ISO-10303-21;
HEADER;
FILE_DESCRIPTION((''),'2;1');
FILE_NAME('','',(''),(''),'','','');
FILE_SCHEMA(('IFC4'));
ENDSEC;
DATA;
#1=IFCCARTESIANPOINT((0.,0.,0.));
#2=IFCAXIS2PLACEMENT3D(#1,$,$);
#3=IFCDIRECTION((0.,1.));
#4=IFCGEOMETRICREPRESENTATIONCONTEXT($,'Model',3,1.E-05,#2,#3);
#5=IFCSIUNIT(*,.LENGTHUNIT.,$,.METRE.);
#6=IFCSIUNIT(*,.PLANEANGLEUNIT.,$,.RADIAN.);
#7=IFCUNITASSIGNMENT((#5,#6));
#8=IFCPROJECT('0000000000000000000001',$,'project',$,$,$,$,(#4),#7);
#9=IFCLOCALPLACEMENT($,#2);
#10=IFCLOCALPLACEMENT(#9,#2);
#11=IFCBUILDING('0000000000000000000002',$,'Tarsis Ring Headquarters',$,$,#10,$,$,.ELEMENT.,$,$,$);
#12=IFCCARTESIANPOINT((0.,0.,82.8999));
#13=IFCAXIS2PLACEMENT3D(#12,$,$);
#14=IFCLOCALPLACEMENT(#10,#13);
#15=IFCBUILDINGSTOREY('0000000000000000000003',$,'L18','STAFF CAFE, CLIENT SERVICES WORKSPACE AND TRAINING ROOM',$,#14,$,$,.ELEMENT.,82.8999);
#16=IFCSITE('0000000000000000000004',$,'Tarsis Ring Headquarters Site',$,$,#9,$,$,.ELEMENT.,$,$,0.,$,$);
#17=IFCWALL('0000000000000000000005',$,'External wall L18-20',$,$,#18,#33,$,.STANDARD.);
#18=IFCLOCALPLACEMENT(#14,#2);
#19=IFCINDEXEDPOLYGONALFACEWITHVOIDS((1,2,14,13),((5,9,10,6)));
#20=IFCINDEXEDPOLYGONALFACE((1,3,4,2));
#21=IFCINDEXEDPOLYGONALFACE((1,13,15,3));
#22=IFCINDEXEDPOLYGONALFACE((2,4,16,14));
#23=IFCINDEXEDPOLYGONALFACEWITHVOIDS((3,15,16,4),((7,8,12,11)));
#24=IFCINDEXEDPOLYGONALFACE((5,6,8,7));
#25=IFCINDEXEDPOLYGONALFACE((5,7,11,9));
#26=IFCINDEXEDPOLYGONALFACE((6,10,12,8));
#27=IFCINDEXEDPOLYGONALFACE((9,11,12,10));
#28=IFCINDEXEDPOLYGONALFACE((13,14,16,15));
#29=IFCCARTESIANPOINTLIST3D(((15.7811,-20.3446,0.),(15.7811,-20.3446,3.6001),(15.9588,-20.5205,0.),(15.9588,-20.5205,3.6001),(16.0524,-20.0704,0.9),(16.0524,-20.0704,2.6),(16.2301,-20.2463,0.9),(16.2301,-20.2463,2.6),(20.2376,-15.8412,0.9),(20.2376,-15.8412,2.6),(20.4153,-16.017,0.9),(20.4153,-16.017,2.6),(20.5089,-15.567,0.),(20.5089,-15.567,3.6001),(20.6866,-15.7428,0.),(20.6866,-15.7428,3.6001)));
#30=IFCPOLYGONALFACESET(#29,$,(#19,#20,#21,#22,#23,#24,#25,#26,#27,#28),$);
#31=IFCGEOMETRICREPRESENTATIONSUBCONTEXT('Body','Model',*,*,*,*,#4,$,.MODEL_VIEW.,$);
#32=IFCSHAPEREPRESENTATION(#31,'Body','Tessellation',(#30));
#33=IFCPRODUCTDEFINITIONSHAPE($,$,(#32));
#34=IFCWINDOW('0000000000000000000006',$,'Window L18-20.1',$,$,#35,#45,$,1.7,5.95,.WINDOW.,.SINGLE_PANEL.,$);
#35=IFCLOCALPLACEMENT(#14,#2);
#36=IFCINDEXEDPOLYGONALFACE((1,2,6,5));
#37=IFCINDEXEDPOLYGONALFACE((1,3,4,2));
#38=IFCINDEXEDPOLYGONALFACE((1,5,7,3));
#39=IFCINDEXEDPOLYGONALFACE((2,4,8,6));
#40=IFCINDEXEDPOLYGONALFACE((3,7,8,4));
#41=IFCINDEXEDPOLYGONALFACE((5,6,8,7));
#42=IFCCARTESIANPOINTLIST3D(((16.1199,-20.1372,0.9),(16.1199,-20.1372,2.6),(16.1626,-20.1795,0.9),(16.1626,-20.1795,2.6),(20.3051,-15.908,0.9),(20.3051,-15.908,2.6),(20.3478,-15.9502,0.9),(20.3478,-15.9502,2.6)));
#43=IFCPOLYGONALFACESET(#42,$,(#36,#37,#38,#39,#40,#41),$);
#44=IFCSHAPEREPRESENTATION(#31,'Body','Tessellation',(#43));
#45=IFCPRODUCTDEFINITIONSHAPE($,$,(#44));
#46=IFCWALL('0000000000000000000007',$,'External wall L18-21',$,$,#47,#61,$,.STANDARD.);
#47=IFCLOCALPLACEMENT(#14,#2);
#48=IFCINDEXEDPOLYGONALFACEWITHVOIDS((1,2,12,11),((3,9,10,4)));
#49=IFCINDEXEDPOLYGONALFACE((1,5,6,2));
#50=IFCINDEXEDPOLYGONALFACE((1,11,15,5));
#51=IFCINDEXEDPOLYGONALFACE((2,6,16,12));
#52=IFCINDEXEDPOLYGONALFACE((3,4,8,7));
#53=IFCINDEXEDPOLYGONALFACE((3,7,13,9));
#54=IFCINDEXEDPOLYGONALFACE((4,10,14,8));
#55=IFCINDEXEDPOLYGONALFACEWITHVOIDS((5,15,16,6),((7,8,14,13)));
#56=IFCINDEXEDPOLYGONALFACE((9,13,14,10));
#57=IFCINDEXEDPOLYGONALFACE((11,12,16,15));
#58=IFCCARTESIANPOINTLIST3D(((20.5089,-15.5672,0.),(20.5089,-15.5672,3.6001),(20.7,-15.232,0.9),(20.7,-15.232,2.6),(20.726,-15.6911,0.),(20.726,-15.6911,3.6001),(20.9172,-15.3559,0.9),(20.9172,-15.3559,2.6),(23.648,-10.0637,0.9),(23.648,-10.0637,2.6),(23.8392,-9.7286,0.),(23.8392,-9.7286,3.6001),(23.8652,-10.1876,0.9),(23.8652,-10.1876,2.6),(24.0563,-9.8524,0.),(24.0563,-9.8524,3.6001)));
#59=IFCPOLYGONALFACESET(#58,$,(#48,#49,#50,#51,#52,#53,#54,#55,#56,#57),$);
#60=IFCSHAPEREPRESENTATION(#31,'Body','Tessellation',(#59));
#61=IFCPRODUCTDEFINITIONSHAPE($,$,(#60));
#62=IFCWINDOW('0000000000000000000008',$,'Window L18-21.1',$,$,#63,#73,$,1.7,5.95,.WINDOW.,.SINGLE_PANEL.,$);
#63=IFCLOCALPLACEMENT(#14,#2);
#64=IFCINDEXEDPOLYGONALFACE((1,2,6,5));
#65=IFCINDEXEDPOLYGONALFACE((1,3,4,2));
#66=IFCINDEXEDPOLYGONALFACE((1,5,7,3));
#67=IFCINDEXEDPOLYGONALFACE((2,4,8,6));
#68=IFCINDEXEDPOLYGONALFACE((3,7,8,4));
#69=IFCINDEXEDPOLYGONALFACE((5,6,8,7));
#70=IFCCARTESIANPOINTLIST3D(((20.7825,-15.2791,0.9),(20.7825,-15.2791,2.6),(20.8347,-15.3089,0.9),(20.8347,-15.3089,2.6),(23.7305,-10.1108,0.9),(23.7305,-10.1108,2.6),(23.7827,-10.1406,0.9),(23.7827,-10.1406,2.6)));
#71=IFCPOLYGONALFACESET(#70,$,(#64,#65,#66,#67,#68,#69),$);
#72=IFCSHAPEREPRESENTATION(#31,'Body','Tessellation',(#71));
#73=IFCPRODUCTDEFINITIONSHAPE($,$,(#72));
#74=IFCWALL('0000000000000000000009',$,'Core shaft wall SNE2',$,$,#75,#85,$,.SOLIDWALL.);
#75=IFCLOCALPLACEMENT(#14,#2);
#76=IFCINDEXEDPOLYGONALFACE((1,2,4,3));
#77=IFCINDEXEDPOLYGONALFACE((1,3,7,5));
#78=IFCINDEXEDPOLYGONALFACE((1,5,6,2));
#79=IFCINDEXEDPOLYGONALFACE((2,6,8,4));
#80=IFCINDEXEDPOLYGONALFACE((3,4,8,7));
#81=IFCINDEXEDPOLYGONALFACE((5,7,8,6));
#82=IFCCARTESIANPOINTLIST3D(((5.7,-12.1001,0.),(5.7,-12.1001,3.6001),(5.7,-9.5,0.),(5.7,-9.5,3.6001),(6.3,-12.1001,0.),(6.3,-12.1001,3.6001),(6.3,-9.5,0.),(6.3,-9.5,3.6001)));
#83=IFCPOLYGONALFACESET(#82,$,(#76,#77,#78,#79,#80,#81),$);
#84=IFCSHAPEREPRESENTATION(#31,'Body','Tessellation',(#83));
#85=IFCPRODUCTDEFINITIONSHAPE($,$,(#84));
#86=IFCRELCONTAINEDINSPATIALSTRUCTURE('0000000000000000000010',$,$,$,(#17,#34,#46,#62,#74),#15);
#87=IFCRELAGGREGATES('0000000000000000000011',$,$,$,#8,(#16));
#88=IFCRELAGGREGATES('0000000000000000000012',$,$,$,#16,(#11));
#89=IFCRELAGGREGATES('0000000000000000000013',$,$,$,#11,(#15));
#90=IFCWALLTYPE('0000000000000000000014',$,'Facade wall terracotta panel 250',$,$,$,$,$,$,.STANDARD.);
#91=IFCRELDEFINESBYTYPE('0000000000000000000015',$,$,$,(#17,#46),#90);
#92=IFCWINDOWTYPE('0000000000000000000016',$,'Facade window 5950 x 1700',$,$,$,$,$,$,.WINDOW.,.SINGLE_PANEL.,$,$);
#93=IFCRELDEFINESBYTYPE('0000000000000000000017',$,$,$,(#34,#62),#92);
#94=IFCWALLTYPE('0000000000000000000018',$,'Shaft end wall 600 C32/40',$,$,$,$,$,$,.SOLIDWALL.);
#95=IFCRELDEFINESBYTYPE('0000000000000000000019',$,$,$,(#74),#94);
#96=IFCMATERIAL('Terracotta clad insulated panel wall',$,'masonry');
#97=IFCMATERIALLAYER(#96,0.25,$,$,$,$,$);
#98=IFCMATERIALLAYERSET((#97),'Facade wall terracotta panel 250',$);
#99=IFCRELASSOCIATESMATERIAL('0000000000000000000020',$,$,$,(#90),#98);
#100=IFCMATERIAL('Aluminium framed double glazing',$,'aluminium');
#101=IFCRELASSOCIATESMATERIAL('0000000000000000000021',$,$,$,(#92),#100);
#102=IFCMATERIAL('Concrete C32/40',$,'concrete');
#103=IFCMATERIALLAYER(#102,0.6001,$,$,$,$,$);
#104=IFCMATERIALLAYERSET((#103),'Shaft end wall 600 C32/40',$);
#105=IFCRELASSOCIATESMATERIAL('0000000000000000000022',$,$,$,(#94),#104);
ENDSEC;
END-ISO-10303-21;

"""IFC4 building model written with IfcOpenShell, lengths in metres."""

from ifc_helpers import new_model, si_unit, direction, frame, frame_2d, origin, place, context, subcontext, project, spatial, rectangle, extrude, material, layer, layer_set, type_object, element, fill, save


model = new_model("IFC4")

# Units and contexts
model_context = context("Model", 3, precision=1e-05, world=origin(), true_north=direction((0.0, 1.0)))
body_context = subcontext(model_context, "Body", "Model", "MODEL_VIEW")
ifc_project = project(units=[si_unit("LENGTHUNIT", "METRE"), si_unit("PLANEANGLEUNIT", "RADIAN")], contexts=[model_context])

# Site, building, storey
site_placement = place(None, origin())
site = spatial("IfcSite", under=ifc_project, at=site_placement, Name="Tarsis Ring Headquarters Site", CompositionType="ELEMENT", RefElevation=0.0)
building_placement = place(site_placement, origin())
building = spatial("IfcBuilding", under=site, at=building_placement, Name="Tarsis Ring Headquarters", CompositionType="ELEMENT")
storey_placement = place(building_placement, frame((0.0, 0.0, 82.8999)))
storey = spatial("IfcBuildingStorey", under=building, at=storey_placement, Name="L18", Description="STAFF CAFE, CLIENT SERVICES WORKSPACE AND TRAINING ROOM", CompositionType="ELEMENT", Elevation=82.8999)

# Walls, openings, windows
ifc_material_1 = material(Name="Terracotta clad insulated panel wall", Category="masonry")
ifc_layer_1 = layer(ifc_material_1, 0.25)
ifc_layer_set_1 = layer_set([ifc_layer_1], Name="Facade wall terracotta panel 250")
wall_type_1 = type_object("IfcWallType", Name="Facade wall terracotta panel 250", PredefinedType="STANDARD", material=ifc_layer_set_1)
ifc_material_2 = material(Name="Aluminium framed double glazing", Category="aluminium")
window_type = type_object("IfcWindowType", Name="Facade window 5950 x 1700", PartitioningType="SINGLE_PANEL", PredefinedType="WINDOW", material=ifc_material_2)
wall_1_placement = place(storey_placement, frame((15.8699, -20.4326, 0.0), z_axis=(0.0, 0.0, 1.0), x_axis=(0.703392, 0.710802, 0.0)))
wall_1 = element("IfcWall", 1, at=wall_1_placement, inside=storey, type_object=wall_type_1, Name="External wall L18-20", PredefinedType="STANDARD", context=body_context, shape_type="SweptSolid", body=[
    extrude(rectangle(XDim=6.7214, YDim=0.25, at=frame_2d((3.3608, 0.0))), origin(), (0.0, 0.0, 1.0), 3.6001),
])
opening_1_placement = place(wall_1_placement, frame((0.3857, 0.0, 0.8999)))
opening_1 = element("IfcOpeningElement", 2, at=opening_1_placement, cuts=wall_1, PredefinedType="OPENING", context=body_context, shape_type="SweptSolid", body=[
    extrude(rectangle(XDim=5.95, YDim=1.7, at=frame_2d((2.9751, 0.8501))), frame((0.0, 0.135, 0.0), z_axis=(0.0, -1.0, 0.0), x_axis=(1.0, 0.0, 0.0)), (0.0, 0.0, 1.0), 0.27),
])
window_1_placement = place(opening_1_placement, origin())
window_1 = element("IfcWindow", 3, at=window_1_placement, inside=storey, type_object=window_type, Name="Window L18-20.1", OverallHeight=1.7, OverallWidth=5.95, PartitioningType="SINGLE_PANEL", PredefinedType="WINDOW", context=body_context, shape_type="SweptSolid", body=[
    extrude(rectangle(XDim=5.95, YDim=1.7, at=frame_2d((2.9751, 0.8501))), frame((0.0, 0.03, 0.0), z_axis=(0.0, -1.0, 0.0), x_axis=(1.0, 0.0, 0.0)), (0.0, 0.0, 1.0), 0.0601),
])
fill(opening_1, window_1)
wall_2_placement = place(storey_placement, frame((20.6174, -15.6292, 0.0), z_axis=(0.0, 0.0, 1.0), x_axis=(0.495462, 0.86863, 0.0)))
wall_2 = element("IfcWall", 4, at=wall_2_placement, inside=storey, type_object=wall_type_1, Name="External wall L18-21", PredefinedType="STANDARD", context=body_context, shape_type="SweptSolid", body=[
    extrude(rectangle(XDim=6.7217, YDim=0.25, at=frame_2d((3.3608, 0.0))), origin(), (0.0, 0.0, 1.0), 3.6001),
])
opening_2_placement = place(wall_2_placement, frame((0.3857, 0.0, 0.8999)))
opening_2 = element("IfcOpeningElement", 5, at=opening_2_placement, cuts=wall_2, PredefinedType="OPENING", context=body_context, shape_type="SweptSolid", body=[
    extrude(rectangle(XDim=5.95, YDim=1.7, at=frame_2d((2.9751, 0.8501))), frame((0.0, 0.135, 0.0), z_axis=(0.0, -1.0, 0.0), x_axis=(1.0, 0.0, 0.0)), (0.0, 0.0, 1.0), 0.27),
])
window_2_placement = place(opening_2_placement, origin())
window_2 = element("IfcWindow", 6, at=window_2_placement, inside=storey, type_object=window_type, Name="Window L18-21.1", OverallHeight=1.7, OverallWidth=5.95, PartitioningType="SINGLE_PANEL", PredefinedType="WINDOW", context=body_context, shape_type="SweptSolid", body=[
    extrude(rectangle(XDim=5.95, YDim=1.7, at=frame_2d((2.9751, 0.8501))), frame((0.0, 0.03, 0.0), z_axis=(0.0, -1.0, 0.0), x_axis=(1.0, 0.0, 0.0)), (0.0, 0.0, 1.0), 0.0601),
])
fill(opening_2, window_2)

# Wall
ifc_material_3 = material(Name="Concrete C32/40", Category="concrete")
ifc_layer_2 = layer(ifc_material_3, 0.6001)
ifc_layer_set_2 = layer_set([ifc_layer_2], Name="Shaft end wall 600 C32/40")
wall_type_2 = type_object("IfcWallType", Name="Shaft end wall 600 C32/40", PredefinedType="SOLIDWALL", material=ifc_layer_set_2)
wall_3_placement = place(storey_placement, frame((6.0, -12.1001, 0.0), z_axis=(0.0, 0.0, 1.0), x_axis=(0.0, 1.0, 0.0)))
element("IfcWall", 7, at=wall_3_placement, inside=storey, type_object=wall_type_2, Name="Core shaft wall SNE2", PredefinedType="SOLIDWALL", context=body_context, shape_type="SweptSolid", body=[
    extrude(rectangle(XDim=2.6001, YDim=0.6001, at=frame_2d((1.3, 0.0))), origin(), (0.0, 0.0, 1.0), 3.6001),
])

save(model, "model.ifc")
